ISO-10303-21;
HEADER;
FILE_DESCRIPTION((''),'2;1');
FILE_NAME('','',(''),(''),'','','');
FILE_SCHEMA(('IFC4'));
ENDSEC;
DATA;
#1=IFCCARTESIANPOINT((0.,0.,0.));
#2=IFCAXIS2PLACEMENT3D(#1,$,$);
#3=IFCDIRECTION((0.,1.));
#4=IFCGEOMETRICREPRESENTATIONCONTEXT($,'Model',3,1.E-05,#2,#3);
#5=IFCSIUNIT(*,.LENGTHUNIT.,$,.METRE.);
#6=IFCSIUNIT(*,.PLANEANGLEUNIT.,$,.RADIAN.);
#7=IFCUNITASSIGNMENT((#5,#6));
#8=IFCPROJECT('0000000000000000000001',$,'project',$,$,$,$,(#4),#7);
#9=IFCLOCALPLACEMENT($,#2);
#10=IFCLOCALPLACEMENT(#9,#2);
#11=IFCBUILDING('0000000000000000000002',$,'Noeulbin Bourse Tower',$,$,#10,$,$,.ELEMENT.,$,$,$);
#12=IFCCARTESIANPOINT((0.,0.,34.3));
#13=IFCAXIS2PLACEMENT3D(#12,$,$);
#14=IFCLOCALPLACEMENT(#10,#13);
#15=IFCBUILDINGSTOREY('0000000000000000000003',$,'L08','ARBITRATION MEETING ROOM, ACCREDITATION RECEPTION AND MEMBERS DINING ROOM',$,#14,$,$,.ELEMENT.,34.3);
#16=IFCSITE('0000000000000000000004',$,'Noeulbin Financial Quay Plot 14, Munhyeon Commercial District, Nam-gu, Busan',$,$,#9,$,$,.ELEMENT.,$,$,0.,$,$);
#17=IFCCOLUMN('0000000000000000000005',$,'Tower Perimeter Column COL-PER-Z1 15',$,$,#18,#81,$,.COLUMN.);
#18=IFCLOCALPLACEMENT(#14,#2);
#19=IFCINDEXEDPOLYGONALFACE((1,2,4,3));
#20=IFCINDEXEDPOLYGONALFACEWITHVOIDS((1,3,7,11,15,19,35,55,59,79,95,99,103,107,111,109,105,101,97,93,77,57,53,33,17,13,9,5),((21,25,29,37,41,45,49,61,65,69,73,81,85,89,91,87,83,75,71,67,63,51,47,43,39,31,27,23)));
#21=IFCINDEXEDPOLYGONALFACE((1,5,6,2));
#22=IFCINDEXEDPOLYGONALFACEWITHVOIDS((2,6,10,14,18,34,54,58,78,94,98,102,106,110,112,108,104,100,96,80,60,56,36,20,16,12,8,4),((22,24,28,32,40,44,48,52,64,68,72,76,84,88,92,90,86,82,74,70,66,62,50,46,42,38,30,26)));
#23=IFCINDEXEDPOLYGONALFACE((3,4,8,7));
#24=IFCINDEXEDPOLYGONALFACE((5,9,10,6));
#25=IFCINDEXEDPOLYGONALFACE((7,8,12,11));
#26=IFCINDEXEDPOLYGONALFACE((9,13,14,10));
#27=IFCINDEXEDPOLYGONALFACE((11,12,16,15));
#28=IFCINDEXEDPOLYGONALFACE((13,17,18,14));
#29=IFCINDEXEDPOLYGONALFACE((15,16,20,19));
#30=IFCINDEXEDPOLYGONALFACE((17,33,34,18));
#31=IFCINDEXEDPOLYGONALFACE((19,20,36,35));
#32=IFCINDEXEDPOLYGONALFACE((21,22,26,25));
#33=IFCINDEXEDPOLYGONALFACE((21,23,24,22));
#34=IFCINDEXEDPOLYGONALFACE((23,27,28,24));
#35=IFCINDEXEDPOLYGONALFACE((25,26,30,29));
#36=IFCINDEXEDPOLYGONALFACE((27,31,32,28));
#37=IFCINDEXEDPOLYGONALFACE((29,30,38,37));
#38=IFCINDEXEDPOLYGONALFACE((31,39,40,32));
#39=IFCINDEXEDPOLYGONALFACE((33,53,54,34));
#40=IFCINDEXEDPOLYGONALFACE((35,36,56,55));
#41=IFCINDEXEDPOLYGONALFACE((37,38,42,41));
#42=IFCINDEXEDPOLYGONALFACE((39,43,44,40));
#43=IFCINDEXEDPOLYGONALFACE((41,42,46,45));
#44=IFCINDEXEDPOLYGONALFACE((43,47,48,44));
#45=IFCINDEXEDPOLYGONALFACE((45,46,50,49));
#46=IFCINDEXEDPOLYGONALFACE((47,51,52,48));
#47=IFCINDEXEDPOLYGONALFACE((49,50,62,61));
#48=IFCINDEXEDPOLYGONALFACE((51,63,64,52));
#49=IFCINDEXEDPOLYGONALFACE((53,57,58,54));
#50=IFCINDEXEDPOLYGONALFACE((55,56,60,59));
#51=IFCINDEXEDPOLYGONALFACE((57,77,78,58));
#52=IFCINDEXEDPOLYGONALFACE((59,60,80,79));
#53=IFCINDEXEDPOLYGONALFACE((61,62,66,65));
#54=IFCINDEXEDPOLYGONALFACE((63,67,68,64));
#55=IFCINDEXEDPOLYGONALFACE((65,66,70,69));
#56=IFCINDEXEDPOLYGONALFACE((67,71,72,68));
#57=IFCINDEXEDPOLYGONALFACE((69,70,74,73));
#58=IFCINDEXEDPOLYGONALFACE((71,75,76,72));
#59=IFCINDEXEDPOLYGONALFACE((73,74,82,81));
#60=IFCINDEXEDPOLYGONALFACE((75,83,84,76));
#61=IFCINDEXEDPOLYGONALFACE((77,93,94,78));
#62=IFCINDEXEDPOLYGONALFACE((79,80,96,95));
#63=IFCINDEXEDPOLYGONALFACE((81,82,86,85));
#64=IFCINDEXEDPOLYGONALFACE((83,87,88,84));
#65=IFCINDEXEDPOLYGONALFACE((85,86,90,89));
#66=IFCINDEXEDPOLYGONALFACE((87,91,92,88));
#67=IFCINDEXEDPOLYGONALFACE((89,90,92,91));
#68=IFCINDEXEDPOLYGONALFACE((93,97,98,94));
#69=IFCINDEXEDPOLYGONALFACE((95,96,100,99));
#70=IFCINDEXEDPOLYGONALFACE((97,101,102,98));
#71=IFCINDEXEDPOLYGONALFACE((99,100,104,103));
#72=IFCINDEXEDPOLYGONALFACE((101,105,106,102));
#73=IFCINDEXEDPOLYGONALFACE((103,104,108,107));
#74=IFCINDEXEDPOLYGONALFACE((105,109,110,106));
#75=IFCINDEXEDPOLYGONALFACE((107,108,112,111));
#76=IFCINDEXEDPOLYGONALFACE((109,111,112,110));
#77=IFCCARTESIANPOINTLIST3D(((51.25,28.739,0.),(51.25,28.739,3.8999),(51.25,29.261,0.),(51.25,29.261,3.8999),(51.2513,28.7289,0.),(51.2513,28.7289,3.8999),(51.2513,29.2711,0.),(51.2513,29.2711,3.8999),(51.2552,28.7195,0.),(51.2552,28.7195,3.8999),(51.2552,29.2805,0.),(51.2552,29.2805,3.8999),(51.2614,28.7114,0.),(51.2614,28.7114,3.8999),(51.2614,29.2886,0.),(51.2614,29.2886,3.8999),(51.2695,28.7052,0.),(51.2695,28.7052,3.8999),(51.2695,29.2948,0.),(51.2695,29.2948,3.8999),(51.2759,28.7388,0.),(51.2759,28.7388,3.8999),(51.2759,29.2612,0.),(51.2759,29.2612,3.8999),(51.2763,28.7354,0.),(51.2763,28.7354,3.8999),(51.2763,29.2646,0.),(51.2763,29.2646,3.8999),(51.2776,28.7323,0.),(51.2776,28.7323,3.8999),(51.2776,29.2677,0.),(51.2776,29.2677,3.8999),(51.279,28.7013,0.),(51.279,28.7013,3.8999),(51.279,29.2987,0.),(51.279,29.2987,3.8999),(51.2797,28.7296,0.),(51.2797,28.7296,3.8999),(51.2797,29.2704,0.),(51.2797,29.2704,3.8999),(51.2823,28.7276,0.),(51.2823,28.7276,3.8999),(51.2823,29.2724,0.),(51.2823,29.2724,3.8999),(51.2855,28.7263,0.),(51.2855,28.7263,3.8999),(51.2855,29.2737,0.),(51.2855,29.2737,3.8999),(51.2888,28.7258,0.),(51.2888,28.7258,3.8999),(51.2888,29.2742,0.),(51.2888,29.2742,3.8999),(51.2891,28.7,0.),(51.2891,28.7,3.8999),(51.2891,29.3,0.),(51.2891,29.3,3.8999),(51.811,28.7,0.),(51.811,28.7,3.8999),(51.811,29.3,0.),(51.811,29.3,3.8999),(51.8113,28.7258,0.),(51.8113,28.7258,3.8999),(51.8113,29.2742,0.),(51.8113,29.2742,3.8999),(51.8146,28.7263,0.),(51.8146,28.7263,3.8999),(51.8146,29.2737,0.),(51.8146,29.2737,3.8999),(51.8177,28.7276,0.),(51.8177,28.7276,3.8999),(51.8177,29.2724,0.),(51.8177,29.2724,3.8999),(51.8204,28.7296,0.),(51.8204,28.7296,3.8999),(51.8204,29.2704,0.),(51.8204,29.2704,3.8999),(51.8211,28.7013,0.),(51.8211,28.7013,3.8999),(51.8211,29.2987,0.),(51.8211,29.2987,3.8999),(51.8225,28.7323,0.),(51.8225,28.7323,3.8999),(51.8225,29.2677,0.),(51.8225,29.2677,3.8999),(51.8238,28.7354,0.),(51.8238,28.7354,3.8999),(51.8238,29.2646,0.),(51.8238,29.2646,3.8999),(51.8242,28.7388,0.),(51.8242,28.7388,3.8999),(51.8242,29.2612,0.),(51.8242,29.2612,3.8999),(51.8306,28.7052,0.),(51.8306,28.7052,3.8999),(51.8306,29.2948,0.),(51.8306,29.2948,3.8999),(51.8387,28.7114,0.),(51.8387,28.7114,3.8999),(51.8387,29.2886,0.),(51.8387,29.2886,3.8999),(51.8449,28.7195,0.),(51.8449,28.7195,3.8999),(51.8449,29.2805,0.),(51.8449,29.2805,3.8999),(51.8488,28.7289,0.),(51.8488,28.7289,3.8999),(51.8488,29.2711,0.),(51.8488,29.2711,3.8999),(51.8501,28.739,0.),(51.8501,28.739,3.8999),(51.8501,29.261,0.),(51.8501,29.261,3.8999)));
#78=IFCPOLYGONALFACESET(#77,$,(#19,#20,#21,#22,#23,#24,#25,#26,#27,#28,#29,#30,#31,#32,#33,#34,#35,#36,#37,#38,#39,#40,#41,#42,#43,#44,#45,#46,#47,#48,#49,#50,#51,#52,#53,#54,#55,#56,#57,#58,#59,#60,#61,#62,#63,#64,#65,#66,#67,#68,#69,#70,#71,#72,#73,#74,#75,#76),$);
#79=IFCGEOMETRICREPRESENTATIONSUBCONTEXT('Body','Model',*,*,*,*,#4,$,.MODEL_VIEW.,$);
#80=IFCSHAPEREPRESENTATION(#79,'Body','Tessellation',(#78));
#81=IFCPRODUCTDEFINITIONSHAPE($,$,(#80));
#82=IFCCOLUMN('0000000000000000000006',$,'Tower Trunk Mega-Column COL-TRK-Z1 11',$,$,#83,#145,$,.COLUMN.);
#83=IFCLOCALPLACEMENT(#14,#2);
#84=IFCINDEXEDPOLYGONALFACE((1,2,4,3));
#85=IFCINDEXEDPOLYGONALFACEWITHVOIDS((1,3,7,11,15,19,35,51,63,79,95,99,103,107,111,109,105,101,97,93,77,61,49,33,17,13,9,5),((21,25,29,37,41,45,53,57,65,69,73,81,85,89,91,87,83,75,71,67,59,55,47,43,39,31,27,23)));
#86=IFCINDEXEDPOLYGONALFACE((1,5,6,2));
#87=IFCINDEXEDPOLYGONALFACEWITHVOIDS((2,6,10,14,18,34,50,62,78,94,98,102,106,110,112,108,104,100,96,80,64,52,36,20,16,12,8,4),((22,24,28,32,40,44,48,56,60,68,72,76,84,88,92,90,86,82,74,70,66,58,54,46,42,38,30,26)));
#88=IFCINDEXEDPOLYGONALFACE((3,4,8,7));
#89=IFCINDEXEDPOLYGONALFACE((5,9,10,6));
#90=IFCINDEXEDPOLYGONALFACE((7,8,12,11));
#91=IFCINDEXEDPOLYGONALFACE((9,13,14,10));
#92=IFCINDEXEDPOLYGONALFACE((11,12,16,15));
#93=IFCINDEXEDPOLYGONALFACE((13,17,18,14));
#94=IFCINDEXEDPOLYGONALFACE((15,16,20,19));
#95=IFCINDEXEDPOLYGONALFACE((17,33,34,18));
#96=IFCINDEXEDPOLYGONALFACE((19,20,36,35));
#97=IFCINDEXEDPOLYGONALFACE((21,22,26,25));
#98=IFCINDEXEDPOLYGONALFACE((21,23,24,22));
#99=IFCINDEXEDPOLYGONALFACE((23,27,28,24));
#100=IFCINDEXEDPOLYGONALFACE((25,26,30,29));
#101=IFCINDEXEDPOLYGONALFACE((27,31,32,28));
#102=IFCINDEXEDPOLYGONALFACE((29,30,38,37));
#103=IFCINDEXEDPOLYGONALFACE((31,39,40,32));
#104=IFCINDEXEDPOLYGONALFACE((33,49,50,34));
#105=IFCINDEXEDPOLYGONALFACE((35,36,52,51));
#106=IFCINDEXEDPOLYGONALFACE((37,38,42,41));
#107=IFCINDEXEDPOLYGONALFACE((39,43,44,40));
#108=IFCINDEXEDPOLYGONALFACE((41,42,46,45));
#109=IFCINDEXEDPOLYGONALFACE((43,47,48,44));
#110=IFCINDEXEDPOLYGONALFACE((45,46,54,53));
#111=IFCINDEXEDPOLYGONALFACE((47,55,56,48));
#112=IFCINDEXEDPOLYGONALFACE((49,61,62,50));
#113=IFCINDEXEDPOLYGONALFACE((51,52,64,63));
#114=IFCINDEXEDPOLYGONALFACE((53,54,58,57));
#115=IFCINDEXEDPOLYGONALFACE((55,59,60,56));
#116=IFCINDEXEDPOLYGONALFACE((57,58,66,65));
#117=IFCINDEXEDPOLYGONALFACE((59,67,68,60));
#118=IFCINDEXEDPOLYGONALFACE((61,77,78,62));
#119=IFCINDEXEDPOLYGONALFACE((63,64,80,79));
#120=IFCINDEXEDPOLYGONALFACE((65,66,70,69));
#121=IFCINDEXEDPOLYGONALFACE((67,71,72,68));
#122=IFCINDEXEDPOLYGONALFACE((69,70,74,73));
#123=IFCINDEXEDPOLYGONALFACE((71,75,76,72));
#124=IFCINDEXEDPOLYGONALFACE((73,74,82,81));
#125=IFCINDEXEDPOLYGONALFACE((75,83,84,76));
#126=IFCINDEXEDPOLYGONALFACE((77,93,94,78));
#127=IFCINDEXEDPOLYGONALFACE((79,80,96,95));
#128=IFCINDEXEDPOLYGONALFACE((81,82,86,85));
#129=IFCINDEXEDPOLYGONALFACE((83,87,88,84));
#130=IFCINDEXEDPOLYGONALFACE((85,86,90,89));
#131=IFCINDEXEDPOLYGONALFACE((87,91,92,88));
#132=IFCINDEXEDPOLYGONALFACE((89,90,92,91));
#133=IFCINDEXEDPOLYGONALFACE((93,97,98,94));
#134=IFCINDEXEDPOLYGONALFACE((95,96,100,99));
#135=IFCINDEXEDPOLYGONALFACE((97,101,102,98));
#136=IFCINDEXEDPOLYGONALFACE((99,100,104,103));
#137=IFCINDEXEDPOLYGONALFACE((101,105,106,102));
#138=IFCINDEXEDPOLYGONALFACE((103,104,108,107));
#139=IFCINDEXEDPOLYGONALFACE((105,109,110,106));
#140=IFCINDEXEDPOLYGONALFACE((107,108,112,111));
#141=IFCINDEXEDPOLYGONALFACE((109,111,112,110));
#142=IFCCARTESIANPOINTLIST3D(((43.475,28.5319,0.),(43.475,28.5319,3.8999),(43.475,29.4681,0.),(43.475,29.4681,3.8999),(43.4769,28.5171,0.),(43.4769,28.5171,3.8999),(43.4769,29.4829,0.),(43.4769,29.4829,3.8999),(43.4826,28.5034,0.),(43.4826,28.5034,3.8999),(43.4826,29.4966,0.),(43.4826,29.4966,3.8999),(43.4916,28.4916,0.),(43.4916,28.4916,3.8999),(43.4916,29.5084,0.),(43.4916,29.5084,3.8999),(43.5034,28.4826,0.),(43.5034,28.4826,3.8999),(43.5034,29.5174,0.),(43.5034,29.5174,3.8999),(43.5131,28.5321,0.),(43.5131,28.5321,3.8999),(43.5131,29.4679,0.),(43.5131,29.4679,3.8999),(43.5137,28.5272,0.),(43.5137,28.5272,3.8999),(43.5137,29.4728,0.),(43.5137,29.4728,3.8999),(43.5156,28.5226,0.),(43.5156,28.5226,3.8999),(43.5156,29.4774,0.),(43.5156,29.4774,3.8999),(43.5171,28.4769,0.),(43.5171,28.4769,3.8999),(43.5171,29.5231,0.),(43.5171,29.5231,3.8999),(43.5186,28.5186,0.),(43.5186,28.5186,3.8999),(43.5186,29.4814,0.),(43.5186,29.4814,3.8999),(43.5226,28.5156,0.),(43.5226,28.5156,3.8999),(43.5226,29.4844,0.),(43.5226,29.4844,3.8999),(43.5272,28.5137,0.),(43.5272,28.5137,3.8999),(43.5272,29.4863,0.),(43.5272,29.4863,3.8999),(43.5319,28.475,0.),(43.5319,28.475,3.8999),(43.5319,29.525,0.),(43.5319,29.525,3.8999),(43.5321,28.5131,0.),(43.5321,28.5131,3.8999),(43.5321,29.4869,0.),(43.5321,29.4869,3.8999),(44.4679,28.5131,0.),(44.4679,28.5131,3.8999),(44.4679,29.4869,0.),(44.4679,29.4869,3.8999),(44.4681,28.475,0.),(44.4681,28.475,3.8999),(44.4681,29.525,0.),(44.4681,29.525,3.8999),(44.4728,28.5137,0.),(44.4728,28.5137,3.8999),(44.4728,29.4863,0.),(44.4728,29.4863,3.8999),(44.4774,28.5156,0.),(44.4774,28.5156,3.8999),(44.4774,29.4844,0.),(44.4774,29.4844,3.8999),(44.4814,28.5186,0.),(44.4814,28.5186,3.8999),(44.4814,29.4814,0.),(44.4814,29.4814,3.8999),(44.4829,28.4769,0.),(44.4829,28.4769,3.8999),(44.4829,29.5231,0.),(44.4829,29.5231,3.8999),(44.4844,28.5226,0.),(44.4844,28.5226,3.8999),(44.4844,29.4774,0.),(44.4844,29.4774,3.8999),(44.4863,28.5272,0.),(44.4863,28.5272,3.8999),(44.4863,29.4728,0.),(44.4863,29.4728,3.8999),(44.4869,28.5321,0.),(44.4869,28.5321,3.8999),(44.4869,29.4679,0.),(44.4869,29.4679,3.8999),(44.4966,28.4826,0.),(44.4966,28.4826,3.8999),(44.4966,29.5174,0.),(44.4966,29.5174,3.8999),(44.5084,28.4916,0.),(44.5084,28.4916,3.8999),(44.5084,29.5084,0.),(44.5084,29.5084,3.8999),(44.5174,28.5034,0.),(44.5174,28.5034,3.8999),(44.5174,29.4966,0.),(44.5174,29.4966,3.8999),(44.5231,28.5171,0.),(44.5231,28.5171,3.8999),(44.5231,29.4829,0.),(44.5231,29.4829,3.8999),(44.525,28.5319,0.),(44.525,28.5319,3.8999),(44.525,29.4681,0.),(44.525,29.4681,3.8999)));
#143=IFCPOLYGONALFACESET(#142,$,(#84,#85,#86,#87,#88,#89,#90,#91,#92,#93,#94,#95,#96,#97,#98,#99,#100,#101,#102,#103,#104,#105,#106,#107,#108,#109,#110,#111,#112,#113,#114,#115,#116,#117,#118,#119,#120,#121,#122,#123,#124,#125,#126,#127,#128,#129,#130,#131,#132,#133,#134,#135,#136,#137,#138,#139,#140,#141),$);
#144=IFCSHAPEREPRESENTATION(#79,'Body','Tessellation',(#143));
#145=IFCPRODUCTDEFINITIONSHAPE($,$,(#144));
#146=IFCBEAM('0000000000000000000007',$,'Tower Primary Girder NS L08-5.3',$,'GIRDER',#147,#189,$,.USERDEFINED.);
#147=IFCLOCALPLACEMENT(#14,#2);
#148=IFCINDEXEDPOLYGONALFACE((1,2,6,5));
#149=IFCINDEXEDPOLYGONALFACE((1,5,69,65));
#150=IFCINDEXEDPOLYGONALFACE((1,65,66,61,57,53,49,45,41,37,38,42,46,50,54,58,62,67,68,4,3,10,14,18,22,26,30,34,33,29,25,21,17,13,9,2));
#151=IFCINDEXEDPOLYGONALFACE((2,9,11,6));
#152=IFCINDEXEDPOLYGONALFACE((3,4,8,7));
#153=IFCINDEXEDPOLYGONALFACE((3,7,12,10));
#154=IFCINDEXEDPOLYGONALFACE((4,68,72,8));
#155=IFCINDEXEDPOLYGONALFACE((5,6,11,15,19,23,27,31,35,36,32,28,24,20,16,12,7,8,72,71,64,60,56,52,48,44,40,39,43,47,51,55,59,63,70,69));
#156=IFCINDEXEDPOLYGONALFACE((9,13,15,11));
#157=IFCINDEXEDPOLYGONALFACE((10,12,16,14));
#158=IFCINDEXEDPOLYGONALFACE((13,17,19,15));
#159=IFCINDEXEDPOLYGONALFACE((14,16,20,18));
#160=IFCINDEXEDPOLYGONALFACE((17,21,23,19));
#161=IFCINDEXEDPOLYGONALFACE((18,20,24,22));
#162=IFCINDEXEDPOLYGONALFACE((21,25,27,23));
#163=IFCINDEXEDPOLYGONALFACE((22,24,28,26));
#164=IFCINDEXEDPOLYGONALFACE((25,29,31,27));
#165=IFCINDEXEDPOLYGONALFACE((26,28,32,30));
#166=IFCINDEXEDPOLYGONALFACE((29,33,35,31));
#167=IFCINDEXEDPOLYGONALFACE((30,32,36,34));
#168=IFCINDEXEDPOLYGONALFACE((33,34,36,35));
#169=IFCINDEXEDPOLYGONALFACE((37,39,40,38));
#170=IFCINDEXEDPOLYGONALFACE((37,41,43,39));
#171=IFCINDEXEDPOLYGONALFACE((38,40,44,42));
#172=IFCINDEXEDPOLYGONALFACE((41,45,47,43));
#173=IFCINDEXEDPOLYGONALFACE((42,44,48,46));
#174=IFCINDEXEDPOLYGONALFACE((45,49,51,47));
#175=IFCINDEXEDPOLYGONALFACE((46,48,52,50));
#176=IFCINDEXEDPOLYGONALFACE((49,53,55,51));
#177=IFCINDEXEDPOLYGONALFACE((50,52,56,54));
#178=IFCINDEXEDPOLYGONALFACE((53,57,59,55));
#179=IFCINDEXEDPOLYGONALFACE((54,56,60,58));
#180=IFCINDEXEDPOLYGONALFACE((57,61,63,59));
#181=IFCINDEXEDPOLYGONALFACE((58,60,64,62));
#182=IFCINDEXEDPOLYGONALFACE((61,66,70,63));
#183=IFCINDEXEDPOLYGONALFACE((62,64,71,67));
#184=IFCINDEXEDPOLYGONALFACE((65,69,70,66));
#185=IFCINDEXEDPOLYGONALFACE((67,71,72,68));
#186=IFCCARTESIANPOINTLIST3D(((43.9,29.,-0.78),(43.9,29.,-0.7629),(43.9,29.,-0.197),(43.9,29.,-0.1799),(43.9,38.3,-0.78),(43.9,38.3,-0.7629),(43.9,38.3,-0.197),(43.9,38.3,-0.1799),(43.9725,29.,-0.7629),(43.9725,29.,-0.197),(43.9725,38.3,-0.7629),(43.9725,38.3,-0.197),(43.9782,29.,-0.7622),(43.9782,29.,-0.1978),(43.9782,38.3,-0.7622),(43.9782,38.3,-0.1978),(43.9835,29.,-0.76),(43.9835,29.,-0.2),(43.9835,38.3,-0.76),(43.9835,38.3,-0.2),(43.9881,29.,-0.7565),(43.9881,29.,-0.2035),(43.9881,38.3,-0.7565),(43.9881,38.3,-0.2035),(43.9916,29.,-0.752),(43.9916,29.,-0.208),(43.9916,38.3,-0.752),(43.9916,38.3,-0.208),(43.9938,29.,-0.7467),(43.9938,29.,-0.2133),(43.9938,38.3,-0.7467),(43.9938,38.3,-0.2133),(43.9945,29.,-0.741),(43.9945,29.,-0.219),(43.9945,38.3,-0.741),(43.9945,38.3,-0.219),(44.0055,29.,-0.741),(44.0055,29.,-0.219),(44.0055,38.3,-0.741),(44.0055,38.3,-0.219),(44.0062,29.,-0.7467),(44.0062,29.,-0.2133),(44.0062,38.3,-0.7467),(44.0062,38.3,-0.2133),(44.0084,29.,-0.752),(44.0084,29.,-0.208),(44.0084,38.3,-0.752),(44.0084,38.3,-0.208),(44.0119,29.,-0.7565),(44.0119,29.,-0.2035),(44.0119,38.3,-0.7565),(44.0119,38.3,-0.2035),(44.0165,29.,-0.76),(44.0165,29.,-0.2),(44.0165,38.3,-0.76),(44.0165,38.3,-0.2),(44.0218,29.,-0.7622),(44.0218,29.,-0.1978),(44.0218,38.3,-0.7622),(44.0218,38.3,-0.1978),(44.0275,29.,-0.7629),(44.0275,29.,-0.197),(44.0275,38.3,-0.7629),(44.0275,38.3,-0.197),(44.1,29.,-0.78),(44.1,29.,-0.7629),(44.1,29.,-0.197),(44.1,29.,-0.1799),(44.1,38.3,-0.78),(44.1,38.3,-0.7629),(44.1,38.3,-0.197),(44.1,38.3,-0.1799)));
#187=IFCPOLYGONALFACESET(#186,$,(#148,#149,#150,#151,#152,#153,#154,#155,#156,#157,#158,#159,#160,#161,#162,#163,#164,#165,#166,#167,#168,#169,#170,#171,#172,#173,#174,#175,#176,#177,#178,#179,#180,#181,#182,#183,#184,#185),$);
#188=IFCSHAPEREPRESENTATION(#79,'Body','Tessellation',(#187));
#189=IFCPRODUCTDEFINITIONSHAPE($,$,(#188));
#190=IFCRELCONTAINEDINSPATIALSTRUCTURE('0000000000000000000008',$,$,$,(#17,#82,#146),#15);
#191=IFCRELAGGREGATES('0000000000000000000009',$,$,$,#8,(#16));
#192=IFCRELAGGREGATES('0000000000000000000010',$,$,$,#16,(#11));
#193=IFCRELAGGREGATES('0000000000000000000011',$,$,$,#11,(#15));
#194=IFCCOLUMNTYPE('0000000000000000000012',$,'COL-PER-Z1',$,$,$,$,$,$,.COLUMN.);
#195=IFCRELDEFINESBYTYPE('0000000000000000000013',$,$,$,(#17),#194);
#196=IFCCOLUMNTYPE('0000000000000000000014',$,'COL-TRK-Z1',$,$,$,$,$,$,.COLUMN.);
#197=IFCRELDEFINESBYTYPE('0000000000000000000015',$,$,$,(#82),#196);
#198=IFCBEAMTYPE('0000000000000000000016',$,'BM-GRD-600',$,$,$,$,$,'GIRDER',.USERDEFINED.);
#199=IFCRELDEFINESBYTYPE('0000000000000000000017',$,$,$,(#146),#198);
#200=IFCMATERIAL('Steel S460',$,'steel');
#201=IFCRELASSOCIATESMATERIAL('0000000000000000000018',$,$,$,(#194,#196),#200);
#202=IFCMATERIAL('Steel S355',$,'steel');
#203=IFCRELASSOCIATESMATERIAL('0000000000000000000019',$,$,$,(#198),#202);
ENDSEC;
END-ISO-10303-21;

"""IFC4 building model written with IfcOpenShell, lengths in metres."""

from ifc_helpers import new_model, si_unit, direction, frame, origin, origin_2d, place, context, subcontext, project, spatial, hollow_rectangle, i_section, extrude, material, material_profile, profile_set, type_object, element, save


model = new_model("IFC4")

# Units and contexts
model_context = context("Model", 3, precision=1e-05, world=origin(), true_north=direction((0.0, 1.0)))
body_context = subcontext(model_context, "Body", "Model", "MODEL_VIEW")
ifc_project = project(units=[si_unit("LENGTHUNIT", "METRE"), si_unit("PLANEANGLEUNIT", "RADIAN")], contexts=[model_context])

# Site, building, storey
site_placement = place(None, origin())
site = spatial("IfcSite", under=ifc_project, at=site_placement, Name="Noeulbin Financial Quay Plot 14, Munhyeon Commercial District, Nam-gu, Busan", CompositionType="ELEMENT", RefElevation=0.0)
building_placement = place(site_placement, origin())
building = spatial("IfcBuilding", under=site, at=building_placement, Name="Noeulbin Bourse Tower", CompositionType="ELEMENT")
storey_placement = place(building_placement, frame((0.0, 0.0, 34.3)))
storey = spatial("IfcBuildingStorey", under=building, at=storey_placement, Name="L08", Description="ARBITRATION MEETING ROOM, ACCREDITATION RECEPTION AND MEMBERS DINING ROOM", CompositionType="ELEMENT", Elevation=34.3)

# Columns
ifc_material_1 = material(Name="Steel S460", Category="steel")
ifc_material_profile_1 = material_profile(ifc_material_1, hollow_rectangle(XDim=0.6001, YDim=0.6001, WallThickness=0.0259, InnerFilletRadius=0.0129, OuterFilletRadius=0.0391, at=origin_2d()), Name="BOX-600x600x26", Category="LoadBearing")
ifc_profile_set_1 = profile_set([ifc_material_profile_1], Name="Steel S460")
column_type_1 = type_object("IfcColumnType", Name="COL-PER-Z1", PredefinedType="COLUMN", material=ifc_profile_set_1)
column_1_placement = place(storey_placement, frame((51.55, 29.0, 0.0), z_axis=(0.0, 0.0, 1.0), x_axis=(1.0, 0.0, 0.0)))
element("IfcColumn", 1, at=column_1_placement, inside=storey, type_object=column_type_1, Name="Tower Perimeter Column COL-PER-Z1 15", PredefinedType="COLUMN", context=body_context, shape_type="SweptSolid", body=[
    extrude(hollow_rectangle(XDim=0.6001, YDim=0.6001, WallThickness=0.0259, InnerFilletRadius=0.0129, OuterFilletRadius=0.0391, at=origin_2d()), origin(), (0.0, 0.0, 1.0), 3.8999),
])
ifc_material_profile_2 = material_profile(ifc_material_1, hollow_rectangle(XDim=1.05, YDim=1.05, WallThickness=0.0381, InnerFilletRadius=0.019, OuterFilletRadius=0.0569, at=origin_2d()), Name="BOX-1050x1050x38", Category="LoadBearing")
ifc_profile_set_2 = profile_set([ifc_material_profile_2], Name="Steel S460")
column_type_2 = type_object("IfcColumnType", Name="COL-TRK-Z1", PredefinedType="COLUMN", material=ifc_profile_set_2)
column_2_placement = place(storey_placement, frame((44.0, 29.0, 0.0), z_axis=(0.0, 0.0, 1.0), x_axis=(1.0, 0.0, 0.0)))
element("IfcColumn", 2, at=column_2_placement, inside=storey, type_object=column_type_2, Name="Tower Trunk Mega-Column COL-TRK-Z1 11", PredefinedType="COLUMN", context=body_context, shape_type="SweptSolid", body=[
    extrude(hollow_rectangle(XDim=1.05, YDim=1.05, WallThickness=0.0381, InnerFilletRadius=0.019, OuterFilletRadius=0.0569, at=origin_2d()), origin(), (0.0, 0.0, 1.0), 3.8999),
])

# Beam
ifc_material_2 = material(Name="Steel S355", Category="steel")
ifc_material_profile_3 = material_profile(ifc_material_2, i_section(OverallWidth=0.2, OverallDepth=0.6001, WebThickness=0.011, FlangeThickness=0.0171, FilletRadius=0.022, at=origin_2d()), Name="H-600x200x11x17", Category="LoadBearing")
ifc_profile_set_3 = profile_set([ifc_material_profile_3], Name="Steel S355")
beam_type_1 = type_object("IfcBeamType", Name="BM-GRD-600", ElementType="GIRDER", PredefinedType="USERDEFINED", material=ifc_profile_set_3)
beam_1_placement = place(storey_placement, frame((44.0, 29.0, -0.48), z_axis=(0.0, 1.0, 0.0), x_axis=(-1.0, 0.0, 0.0)))
element("IfcBeam", 3, at=beam_1_placement, inside=storey, type_object=beam_type_1, Name="Tower Primary Girder NS L08-5.3", ObjectType="GIRDER", PredefinedType="USERDEFINED", context=body_context, shape_type="SweptSolid", body=[
    extrude(i_section(OverallWidth=0.2, OverallDepth=0.6001, WebThickness=0.011, FlangeThickness=0.0171, FilletRadius=0.022, at=origin_2d()), origin(), (0.0, 0.0, 1.0), 9.3),
])

save(model, "model.ifc")
